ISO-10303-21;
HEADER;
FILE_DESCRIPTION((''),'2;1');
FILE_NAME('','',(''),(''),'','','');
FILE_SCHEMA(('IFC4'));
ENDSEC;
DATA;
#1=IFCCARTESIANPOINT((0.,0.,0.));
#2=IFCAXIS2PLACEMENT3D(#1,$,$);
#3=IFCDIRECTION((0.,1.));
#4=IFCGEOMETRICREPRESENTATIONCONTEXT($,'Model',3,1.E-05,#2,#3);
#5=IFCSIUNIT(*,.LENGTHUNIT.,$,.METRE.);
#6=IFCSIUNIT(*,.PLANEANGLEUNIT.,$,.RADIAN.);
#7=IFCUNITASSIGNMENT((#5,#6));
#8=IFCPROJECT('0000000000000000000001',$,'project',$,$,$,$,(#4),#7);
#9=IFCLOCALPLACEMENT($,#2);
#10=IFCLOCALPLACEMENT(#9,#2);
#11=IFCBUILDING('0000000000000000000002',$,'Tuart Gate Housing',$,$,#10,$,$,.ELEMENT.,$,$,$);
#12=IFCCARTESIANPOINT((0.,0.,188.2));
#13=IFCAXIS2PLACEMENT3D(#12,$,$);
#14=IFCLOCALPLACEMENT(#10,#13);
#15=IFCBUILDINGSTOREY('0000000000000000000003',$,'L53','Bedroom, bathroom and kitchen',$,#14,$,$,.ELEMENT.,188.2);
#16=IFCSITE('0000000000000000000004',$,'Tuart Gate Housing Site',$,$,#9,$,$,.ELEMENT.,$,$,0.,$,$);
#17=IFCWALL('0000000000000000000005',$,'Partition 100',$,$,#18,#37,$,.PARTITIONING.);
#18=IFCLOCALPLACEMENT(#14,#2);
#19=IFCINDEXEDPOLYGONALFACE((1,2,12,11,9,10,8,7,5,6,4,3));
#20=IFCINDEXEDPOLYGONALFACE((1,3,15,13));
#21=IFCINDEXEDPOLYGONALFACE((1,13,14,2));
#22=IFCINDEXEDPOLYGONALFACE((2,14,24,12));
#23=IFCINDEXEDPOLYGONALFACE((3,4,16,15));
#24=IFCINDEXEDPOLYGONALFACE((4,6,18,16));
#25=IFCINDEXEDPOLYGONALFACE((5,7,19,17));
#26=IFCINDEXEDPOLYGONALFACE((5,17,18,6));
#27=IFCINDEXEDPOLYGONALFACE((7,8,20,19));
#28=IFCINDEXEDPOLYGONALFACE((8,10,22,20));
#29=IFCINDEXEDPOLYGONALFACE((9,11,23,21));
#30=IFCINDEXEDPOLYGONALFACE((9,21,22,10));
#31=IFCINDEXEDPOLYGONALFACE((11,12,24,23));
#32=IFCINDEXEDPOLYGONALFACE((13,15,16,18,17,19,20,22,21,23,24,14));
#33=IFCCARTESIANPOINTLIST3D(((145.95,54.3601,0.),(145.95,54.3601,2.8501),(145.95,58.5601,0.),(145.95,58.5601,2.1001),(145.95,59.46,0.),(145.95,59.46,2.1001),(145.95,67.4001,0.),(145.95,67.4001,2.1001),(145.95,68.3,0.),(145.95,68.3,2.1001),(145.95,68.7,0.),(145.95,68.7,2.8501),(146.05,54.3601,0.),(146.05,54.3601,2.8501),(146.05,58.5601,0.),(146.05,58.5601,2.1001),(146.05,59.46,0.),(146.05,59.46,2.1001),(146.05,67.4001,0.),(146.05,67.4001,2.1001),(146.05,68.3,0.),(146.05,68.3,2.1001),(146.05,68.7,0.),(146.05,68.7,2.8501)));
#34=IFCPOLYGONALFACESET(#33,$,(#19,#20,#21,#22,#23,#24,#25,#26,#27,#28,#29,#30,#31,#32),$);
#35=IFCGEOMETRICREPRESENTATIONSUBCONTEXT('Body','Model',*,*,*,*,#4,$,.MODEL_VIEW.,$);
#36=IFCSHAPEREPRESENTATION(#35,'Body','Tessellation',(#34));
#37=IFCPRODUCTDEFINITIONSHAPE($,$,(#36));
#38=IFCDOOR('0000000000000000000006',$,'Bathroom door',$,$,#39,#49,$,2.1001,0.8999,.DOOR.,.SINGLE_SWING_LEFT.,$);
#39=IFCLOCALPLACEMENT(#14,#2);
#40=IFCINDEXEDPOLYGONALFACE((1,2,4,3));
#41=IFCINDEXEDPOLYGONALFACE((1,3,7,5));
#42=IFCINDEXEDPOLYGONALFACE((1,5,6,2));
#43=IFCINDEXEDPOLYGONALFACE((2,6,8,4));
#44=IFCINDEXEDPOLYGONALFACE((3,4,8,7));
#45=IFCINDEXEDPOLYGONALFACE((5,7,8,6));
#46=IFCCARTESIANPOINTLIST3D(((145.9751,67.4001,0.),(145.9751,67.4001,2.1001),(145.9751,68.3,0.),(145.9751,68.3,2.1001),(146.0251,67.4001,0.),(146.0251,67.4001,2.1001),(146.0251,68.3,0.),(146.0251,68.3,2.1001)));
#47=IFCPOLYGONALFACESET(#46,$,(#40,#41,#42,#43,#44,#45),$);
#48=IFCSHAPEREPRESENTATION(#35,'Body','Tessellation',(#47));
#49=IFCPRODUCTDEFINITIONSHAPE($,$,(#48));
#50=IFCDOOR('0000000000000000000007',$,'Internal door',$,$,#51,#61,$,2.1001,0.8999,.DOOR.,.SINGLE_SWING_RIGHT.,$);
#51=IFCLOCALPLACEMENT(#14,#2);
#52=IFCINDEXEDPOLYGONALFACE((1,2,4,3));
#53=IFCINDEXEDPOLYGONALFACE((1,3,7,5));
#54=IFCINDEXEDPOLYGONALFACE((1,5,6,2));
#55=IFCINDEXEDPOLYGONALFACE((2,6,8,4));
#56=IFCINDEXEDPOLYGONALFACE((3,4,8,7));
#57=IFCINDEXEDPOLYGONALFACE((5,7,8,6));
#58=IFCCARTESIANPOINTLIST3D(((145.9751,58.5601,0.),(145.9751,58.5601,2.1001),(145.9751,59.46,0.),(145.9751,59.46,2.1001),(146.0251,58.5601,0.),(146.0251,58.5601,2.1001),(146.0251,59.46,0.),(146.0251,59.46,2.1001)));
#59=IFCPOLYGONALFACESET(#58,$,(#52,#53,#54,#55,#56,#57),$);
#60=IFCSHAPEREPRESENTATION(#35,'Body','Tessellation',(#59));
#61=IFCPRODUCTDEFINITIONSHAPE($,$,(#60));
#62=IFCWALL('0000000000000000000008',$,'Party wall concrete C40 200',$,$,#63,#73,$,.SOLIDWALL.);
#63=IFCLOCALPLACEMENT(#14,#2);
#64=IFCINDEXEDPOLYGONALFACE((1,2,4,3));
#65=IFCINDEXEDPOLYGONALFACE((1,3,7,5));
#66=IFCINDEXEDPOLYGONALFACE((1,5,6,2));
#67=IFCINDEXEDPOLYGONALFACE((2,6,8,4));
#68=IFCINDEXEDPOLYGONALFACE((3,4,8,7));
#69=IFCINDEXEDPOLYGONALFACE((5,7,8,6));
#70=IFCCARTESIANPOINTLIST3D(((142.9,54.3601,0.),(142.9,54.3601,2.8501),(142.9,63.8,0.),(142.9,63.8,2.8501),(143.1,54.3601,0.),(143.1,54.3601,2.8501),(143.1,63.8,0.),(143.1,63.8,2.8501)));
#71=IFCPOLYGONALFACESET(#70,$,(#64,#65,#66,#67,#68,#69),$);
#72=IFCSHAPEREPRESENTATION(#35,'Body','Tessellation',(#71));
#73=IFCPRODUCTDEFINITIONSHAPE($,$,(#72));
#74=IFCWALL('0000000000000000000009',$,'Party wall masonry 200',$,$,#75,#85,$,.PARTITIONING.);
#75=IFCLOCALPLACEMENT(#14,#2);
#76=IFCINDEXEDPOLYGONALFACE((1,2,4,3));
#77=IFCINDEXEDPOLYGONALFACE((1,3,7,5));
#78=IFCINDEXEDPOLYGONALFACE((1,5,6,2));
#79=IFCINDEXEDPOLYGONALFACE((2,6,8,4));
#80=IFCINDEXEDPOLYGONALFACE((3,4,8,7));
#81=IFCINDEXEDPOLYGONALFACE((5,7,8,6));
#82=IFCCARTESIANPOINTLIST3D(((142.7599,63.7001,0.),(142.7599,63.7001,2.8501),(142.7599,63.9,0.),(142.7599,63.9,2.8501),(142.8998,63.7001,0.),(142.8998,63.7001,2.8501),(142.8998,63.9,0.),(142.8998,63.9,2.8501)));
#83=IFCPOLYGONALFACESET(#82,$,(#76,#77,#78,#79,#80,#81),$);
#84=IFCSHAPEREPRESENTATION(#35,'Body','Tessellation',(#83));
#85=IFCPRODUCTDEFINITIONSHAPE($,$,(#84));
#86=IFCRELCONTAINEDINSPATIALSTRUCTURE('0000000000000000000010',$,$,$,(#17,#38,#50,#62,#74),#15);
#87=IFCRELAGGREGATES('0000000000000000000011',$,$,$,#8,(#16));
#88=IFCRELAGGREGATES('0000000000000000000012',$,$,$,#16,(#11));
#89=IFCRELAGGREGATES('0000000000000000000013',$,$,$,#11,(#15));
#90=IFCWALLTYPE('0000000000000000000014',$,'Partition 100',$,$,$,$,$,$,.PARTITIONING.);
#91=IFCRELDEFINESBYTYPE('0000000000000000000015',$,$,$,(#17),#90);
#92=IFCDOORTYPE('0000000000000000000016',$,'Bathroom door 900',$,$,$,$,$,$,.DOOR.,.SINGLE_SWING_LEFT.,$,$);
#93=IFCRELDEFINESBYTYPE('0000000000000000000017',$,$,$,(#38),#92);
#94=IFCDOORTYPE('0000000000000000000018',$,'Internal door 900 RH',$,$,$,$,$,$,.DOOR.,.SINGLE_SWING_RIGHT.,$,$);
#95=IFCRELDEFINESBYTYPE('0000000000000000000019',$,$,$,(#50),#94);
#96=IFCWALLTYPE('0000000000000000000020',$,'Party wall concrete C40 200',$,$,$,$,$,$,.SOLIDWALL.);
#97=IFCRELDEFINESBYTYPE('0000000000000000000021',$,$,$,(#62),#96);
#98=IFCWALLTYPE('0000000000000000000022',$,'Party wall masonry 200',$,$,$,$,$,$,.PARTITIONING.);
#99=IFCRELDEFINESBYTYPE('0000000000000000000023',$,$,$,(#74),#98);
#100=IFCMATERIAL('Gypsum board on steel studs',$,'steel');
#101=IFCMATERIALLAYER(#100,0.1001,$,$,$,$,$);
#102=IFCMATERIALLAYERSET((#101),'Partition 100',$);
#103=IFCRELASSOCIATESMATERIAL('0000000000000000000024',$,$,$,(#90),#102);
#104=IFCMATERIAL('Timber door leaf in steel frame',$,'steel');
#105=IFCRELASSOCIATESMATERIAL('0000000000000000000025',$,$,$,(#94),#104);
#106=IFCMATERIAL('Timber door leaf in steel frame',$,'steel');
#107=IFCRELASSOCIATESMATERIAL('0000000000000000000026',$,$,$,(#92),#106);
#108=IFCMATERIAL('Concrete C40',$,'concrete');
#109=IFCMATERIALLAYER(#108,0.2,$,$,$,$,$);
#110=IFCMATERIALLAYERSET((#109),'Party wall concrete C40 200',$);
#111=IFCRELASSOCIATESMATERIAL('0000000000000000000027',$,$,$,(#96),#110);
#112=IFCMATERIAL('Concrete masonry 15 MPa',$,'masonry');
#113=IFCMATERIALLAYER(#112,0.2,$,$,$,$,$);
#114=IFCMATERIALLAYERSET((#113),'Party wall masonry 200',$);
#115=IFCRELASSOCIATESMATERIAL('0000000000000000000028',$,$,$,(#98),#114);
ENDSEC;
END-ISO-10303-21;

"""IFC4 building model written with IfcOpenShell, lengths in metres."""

from ifc_helpers import new_model, si_unit, direction, frame, frame_2d, origin, place, context, subcontext, project, spatial, rectangle, extrude, material, layer, layer_set, type_object, element, fill, save


model = new_model("IFC4")

# Units and contexts
model_context = context("Model", 3, precision=1e-05, world=origin(), true_north=direction((0.0, 1.0)))
body_context = subcontext(model_context, "Body", "Model", "MODEL_VIEW")
ifc_project = project(units=[si_unit("LENGTHUNIT", "METRE"), si_unit("PLANEANGLEUNIT", "RADIAN")], contexts=[model_context])

# Site, building, storey
site_placement = place(None, origin())
site = spatial("IfcSite", under=ifc_project, at=site_placement, Name="Tuart Gate Housing Site", CompositionType="ELEMENT", RefElevation=0.0)
building_placement = place(site_placement, origin())
building = spatial("IfcBuilding", under=site, at=building_placement, Name="Tuart Gate Housing", CompositionType="ELEMENT")
storey_placement = place(building_placement, frame((0.0, 0.0, 188.2)))
storey = spatial("IfcBuildingStorey", under=building, at=storey_placement, Name="L53", Description="Bedroom, bathroom and kitchen", CompositionType="ELEMENT", Elevation=188.2)

# Shared definitions
ifc_material_1 = material(Name="Gypsum board on steel studs", Category="steel")
ifc_layer_1 = layer(ifc_material_1, 0.1001)
ifc_layer_set_1 = layer_set([ifc_layer_1], Name="Partition 100")
wall_type_1 = type_object("IfcWallType", Name="Partition 100", PredefinedType="PARTITIONING", material=ifc_layer_set_1)

# Shared definitions
ifc_material_2 = material(Name="Timber door leaf in steel frame", Category="steel")
door_type_1 = type_object("IfcDoorType", Name="Internal door 900 RH", OperationType="SINGLE_SWING_RIGHT", PredefinedType="DOOR", material=ifc_material_2)

# Wall, openings, doors
wall_1_placement = place(storey_placement, frame((146.0, 54.3601, 0.0), z_axis=(0.0, 0.0, 1.0), x_axis=(0.0, 1.0, 0.0)))
wall_1 = element("IfcWall", 1, at=wall_1_placement, inside=storey, type_object=wall_type_1, Name="Partition 100", PredefinedType="PARTITIONING", context=body_context, shape_type="SweptSolid", body=[
    extrude(rectangle(XDim=14.3398, YDim=0.1001, at=frame_2d((7.1699, 0.0))), origin(), (0.0, 0.0, 1.0), 2.8501),
])
opening_1_placement = place(wall_1_placement, frame((4.2, 0.0, 0.0)))
opening_1 = element("IfcOpeningElement", 2, at=opening_1_placement, cuts=wall_1, PredefinedType="OPENING", context=body_context, shape_type="SweptSolid", body=[
    extrude(rectangle(XDim=0.8999, YDim=2.1001, at=frame_2d((0.45, 1.05))), frame((0.0, 0.0601, 0.0), z_axis=(0.0, -1.0, 0.0), x_axis=(1.0, 0.0, 0.0)), (0.0, 0.0, 1.0), 0.1201),
])
opening_2_placement = place(wall_1_placement, frame((13.04, 0.0, 0.0)))
opening_2 = element("IfcOpeningElement", 3, at=opening_2_placement, cuts=wall_1, PredefinedType="OPENING", context=body_context, shape_type="SweptSolid", body=[
    extrude(rectangle(XDim=0.8999, YDim=2.1001, at=frame_2d((0.45, 1.05))), frame((0.0, 0.0601, 0.0), z_axis=(0.0, -1.0, 0.0), x_axis=(1.0, 0.0, 0.0)), (0.0, 0.0, 1.0), 0.1201),
])
ifc_material_3 = material(Name="Timber door leaf in steel frame", Category="steel")
door_type_2 = type_object("IfcDoorType", Name="Bathroom door 900", OperationType="SINGLE_SWING_LEFT", PredefinedType="DOOR", material=ifc_material_3)
door_1_placement = place(opening_2_placement, frame((0.8999, 0.0, 0.0), z_axis=(0.0, 0.0, 1.0), x_axis=(-1.0, 0.0, 0.0)))
door_1 = element("IfcDoor", 4, at=door_1_placement, inside=storey, type_object=door_type_2, Name="Bathroom door", OperationType="SINGLE_SWING_LEFT", OverallHeight=2.1001, OverallWidth=0.8999, PredefinedType="DOOR", context=body_context, shape_type="SweptSolid", body=[
    extrude(rectangle(XDim=0.8999, YDim=2.1001, at=frame_2d((0.45, 1.05))), frame((0.0, 0.0251, 0.0), z_axis=(0.0, -1.0, 0.0), x_axis=(1.0, 0.0, 0.0)), (0.0, 0.0, 1.0), 0.05),
])
fill(opening_2, door_1)
door_2_placement = place(opening_1_placement, frame((0.8999, 0.0, 0.0), z_axis=(0.0, 0.0, 1.0), x_axis=(-1.0, 0.0, 0.0)))
door_2 = element("IfcDoor", 5, at=door_2_placement, inside=storey, type_object=door_type_1, Name="Internal door", OperationType="SINGLE_SWING_RIGHT", OverallHeight=2.1001, OverallWidth=0.8999, PredefinedType="DOOR", context=body_context, shape_type="SweptSolid", body=[
    extrude(rectangle(XDim=0.8999, YDim=2.1001, at=frame_2d((0.45, 1.05))), frame((0.0, 0.0251, 0.0), z_axis=(0.0, -1.0, 0.0), x_axis=(1.0, 0.0, 0.0)), (0.0, 0.0, 1.0), 0.05),
])
fill(opening_1, door_2)

# Walls
ifc_material_4 = material(Name="Concrete C40", Category="concrete")
ifc_layer_2 = layer(ifc_material_4, 0.2)
ifc_layer_set_2 = layer_set([ifc_layer_2], Name="Party wall concrete C40 200")
wall_type_2 = type_object("IfcWallType", Name="Party wall concrete C40 200", PredefinedType="SOLIDWALL", material=ifc_layer_set_2)
wall_2_placement = place(storey_placement, frame((143.0, 54.3601, 0.0), z_axis=(0.0, 0.0, 1.0), x_axis=(0.0, 1.0, 0.0)))
element("IfcWall", 6, at=wall_2_placement, inside=storey, type_object=wall_type_2, Name="Party wall concrete C40 200", PredefinedType="SOLIDWALL", context=body_context, shape_type="SweptSolid", body=[
    extrude(rectangle(XDim=9.4399, YDim=0.2, at=frame_2d((4.72, 0.0))), origin(), (0.0, 0.0, 1.0), 2.8501),
])
ifc_material_5 = material(Name="Concrete masonry 15 MPa", Category="masonry")
ifc_layer_3 = layer(ifc_material_5, 0.2)
ifc_layer_set_3 = layer_set([ifc_layer_3], Name="Party wall masonry 200")
wall_type_3 = type_object("IfcWallType", Name="Party wall masonry 200", PredefinedType="PARTITIONING", material=ifc_layer_set_3)
wall_3_placement = place(storey_placement, frame((142.76, 63.8, 0.0), z_axis=(0.0, 0.0, 1.0), x_axis=(1.0, 0.0, 0.0)))
element("IfcWall", 7, at=wall_3_placement, inside=storey, type_object=wall_type_3, Name="Party wall masonry 200", PredefinedType="PARTITIONING", context=body_context, shape_type="SweptSolid", body=[
    extrude(rectangle(XDim=0.1399, YDim=0.2, at=frame_2d((0.0698, 0.0))), origin(), (0.0, 0.0, 1.0), 2.8501),
])

save(model, "model.ifc")
